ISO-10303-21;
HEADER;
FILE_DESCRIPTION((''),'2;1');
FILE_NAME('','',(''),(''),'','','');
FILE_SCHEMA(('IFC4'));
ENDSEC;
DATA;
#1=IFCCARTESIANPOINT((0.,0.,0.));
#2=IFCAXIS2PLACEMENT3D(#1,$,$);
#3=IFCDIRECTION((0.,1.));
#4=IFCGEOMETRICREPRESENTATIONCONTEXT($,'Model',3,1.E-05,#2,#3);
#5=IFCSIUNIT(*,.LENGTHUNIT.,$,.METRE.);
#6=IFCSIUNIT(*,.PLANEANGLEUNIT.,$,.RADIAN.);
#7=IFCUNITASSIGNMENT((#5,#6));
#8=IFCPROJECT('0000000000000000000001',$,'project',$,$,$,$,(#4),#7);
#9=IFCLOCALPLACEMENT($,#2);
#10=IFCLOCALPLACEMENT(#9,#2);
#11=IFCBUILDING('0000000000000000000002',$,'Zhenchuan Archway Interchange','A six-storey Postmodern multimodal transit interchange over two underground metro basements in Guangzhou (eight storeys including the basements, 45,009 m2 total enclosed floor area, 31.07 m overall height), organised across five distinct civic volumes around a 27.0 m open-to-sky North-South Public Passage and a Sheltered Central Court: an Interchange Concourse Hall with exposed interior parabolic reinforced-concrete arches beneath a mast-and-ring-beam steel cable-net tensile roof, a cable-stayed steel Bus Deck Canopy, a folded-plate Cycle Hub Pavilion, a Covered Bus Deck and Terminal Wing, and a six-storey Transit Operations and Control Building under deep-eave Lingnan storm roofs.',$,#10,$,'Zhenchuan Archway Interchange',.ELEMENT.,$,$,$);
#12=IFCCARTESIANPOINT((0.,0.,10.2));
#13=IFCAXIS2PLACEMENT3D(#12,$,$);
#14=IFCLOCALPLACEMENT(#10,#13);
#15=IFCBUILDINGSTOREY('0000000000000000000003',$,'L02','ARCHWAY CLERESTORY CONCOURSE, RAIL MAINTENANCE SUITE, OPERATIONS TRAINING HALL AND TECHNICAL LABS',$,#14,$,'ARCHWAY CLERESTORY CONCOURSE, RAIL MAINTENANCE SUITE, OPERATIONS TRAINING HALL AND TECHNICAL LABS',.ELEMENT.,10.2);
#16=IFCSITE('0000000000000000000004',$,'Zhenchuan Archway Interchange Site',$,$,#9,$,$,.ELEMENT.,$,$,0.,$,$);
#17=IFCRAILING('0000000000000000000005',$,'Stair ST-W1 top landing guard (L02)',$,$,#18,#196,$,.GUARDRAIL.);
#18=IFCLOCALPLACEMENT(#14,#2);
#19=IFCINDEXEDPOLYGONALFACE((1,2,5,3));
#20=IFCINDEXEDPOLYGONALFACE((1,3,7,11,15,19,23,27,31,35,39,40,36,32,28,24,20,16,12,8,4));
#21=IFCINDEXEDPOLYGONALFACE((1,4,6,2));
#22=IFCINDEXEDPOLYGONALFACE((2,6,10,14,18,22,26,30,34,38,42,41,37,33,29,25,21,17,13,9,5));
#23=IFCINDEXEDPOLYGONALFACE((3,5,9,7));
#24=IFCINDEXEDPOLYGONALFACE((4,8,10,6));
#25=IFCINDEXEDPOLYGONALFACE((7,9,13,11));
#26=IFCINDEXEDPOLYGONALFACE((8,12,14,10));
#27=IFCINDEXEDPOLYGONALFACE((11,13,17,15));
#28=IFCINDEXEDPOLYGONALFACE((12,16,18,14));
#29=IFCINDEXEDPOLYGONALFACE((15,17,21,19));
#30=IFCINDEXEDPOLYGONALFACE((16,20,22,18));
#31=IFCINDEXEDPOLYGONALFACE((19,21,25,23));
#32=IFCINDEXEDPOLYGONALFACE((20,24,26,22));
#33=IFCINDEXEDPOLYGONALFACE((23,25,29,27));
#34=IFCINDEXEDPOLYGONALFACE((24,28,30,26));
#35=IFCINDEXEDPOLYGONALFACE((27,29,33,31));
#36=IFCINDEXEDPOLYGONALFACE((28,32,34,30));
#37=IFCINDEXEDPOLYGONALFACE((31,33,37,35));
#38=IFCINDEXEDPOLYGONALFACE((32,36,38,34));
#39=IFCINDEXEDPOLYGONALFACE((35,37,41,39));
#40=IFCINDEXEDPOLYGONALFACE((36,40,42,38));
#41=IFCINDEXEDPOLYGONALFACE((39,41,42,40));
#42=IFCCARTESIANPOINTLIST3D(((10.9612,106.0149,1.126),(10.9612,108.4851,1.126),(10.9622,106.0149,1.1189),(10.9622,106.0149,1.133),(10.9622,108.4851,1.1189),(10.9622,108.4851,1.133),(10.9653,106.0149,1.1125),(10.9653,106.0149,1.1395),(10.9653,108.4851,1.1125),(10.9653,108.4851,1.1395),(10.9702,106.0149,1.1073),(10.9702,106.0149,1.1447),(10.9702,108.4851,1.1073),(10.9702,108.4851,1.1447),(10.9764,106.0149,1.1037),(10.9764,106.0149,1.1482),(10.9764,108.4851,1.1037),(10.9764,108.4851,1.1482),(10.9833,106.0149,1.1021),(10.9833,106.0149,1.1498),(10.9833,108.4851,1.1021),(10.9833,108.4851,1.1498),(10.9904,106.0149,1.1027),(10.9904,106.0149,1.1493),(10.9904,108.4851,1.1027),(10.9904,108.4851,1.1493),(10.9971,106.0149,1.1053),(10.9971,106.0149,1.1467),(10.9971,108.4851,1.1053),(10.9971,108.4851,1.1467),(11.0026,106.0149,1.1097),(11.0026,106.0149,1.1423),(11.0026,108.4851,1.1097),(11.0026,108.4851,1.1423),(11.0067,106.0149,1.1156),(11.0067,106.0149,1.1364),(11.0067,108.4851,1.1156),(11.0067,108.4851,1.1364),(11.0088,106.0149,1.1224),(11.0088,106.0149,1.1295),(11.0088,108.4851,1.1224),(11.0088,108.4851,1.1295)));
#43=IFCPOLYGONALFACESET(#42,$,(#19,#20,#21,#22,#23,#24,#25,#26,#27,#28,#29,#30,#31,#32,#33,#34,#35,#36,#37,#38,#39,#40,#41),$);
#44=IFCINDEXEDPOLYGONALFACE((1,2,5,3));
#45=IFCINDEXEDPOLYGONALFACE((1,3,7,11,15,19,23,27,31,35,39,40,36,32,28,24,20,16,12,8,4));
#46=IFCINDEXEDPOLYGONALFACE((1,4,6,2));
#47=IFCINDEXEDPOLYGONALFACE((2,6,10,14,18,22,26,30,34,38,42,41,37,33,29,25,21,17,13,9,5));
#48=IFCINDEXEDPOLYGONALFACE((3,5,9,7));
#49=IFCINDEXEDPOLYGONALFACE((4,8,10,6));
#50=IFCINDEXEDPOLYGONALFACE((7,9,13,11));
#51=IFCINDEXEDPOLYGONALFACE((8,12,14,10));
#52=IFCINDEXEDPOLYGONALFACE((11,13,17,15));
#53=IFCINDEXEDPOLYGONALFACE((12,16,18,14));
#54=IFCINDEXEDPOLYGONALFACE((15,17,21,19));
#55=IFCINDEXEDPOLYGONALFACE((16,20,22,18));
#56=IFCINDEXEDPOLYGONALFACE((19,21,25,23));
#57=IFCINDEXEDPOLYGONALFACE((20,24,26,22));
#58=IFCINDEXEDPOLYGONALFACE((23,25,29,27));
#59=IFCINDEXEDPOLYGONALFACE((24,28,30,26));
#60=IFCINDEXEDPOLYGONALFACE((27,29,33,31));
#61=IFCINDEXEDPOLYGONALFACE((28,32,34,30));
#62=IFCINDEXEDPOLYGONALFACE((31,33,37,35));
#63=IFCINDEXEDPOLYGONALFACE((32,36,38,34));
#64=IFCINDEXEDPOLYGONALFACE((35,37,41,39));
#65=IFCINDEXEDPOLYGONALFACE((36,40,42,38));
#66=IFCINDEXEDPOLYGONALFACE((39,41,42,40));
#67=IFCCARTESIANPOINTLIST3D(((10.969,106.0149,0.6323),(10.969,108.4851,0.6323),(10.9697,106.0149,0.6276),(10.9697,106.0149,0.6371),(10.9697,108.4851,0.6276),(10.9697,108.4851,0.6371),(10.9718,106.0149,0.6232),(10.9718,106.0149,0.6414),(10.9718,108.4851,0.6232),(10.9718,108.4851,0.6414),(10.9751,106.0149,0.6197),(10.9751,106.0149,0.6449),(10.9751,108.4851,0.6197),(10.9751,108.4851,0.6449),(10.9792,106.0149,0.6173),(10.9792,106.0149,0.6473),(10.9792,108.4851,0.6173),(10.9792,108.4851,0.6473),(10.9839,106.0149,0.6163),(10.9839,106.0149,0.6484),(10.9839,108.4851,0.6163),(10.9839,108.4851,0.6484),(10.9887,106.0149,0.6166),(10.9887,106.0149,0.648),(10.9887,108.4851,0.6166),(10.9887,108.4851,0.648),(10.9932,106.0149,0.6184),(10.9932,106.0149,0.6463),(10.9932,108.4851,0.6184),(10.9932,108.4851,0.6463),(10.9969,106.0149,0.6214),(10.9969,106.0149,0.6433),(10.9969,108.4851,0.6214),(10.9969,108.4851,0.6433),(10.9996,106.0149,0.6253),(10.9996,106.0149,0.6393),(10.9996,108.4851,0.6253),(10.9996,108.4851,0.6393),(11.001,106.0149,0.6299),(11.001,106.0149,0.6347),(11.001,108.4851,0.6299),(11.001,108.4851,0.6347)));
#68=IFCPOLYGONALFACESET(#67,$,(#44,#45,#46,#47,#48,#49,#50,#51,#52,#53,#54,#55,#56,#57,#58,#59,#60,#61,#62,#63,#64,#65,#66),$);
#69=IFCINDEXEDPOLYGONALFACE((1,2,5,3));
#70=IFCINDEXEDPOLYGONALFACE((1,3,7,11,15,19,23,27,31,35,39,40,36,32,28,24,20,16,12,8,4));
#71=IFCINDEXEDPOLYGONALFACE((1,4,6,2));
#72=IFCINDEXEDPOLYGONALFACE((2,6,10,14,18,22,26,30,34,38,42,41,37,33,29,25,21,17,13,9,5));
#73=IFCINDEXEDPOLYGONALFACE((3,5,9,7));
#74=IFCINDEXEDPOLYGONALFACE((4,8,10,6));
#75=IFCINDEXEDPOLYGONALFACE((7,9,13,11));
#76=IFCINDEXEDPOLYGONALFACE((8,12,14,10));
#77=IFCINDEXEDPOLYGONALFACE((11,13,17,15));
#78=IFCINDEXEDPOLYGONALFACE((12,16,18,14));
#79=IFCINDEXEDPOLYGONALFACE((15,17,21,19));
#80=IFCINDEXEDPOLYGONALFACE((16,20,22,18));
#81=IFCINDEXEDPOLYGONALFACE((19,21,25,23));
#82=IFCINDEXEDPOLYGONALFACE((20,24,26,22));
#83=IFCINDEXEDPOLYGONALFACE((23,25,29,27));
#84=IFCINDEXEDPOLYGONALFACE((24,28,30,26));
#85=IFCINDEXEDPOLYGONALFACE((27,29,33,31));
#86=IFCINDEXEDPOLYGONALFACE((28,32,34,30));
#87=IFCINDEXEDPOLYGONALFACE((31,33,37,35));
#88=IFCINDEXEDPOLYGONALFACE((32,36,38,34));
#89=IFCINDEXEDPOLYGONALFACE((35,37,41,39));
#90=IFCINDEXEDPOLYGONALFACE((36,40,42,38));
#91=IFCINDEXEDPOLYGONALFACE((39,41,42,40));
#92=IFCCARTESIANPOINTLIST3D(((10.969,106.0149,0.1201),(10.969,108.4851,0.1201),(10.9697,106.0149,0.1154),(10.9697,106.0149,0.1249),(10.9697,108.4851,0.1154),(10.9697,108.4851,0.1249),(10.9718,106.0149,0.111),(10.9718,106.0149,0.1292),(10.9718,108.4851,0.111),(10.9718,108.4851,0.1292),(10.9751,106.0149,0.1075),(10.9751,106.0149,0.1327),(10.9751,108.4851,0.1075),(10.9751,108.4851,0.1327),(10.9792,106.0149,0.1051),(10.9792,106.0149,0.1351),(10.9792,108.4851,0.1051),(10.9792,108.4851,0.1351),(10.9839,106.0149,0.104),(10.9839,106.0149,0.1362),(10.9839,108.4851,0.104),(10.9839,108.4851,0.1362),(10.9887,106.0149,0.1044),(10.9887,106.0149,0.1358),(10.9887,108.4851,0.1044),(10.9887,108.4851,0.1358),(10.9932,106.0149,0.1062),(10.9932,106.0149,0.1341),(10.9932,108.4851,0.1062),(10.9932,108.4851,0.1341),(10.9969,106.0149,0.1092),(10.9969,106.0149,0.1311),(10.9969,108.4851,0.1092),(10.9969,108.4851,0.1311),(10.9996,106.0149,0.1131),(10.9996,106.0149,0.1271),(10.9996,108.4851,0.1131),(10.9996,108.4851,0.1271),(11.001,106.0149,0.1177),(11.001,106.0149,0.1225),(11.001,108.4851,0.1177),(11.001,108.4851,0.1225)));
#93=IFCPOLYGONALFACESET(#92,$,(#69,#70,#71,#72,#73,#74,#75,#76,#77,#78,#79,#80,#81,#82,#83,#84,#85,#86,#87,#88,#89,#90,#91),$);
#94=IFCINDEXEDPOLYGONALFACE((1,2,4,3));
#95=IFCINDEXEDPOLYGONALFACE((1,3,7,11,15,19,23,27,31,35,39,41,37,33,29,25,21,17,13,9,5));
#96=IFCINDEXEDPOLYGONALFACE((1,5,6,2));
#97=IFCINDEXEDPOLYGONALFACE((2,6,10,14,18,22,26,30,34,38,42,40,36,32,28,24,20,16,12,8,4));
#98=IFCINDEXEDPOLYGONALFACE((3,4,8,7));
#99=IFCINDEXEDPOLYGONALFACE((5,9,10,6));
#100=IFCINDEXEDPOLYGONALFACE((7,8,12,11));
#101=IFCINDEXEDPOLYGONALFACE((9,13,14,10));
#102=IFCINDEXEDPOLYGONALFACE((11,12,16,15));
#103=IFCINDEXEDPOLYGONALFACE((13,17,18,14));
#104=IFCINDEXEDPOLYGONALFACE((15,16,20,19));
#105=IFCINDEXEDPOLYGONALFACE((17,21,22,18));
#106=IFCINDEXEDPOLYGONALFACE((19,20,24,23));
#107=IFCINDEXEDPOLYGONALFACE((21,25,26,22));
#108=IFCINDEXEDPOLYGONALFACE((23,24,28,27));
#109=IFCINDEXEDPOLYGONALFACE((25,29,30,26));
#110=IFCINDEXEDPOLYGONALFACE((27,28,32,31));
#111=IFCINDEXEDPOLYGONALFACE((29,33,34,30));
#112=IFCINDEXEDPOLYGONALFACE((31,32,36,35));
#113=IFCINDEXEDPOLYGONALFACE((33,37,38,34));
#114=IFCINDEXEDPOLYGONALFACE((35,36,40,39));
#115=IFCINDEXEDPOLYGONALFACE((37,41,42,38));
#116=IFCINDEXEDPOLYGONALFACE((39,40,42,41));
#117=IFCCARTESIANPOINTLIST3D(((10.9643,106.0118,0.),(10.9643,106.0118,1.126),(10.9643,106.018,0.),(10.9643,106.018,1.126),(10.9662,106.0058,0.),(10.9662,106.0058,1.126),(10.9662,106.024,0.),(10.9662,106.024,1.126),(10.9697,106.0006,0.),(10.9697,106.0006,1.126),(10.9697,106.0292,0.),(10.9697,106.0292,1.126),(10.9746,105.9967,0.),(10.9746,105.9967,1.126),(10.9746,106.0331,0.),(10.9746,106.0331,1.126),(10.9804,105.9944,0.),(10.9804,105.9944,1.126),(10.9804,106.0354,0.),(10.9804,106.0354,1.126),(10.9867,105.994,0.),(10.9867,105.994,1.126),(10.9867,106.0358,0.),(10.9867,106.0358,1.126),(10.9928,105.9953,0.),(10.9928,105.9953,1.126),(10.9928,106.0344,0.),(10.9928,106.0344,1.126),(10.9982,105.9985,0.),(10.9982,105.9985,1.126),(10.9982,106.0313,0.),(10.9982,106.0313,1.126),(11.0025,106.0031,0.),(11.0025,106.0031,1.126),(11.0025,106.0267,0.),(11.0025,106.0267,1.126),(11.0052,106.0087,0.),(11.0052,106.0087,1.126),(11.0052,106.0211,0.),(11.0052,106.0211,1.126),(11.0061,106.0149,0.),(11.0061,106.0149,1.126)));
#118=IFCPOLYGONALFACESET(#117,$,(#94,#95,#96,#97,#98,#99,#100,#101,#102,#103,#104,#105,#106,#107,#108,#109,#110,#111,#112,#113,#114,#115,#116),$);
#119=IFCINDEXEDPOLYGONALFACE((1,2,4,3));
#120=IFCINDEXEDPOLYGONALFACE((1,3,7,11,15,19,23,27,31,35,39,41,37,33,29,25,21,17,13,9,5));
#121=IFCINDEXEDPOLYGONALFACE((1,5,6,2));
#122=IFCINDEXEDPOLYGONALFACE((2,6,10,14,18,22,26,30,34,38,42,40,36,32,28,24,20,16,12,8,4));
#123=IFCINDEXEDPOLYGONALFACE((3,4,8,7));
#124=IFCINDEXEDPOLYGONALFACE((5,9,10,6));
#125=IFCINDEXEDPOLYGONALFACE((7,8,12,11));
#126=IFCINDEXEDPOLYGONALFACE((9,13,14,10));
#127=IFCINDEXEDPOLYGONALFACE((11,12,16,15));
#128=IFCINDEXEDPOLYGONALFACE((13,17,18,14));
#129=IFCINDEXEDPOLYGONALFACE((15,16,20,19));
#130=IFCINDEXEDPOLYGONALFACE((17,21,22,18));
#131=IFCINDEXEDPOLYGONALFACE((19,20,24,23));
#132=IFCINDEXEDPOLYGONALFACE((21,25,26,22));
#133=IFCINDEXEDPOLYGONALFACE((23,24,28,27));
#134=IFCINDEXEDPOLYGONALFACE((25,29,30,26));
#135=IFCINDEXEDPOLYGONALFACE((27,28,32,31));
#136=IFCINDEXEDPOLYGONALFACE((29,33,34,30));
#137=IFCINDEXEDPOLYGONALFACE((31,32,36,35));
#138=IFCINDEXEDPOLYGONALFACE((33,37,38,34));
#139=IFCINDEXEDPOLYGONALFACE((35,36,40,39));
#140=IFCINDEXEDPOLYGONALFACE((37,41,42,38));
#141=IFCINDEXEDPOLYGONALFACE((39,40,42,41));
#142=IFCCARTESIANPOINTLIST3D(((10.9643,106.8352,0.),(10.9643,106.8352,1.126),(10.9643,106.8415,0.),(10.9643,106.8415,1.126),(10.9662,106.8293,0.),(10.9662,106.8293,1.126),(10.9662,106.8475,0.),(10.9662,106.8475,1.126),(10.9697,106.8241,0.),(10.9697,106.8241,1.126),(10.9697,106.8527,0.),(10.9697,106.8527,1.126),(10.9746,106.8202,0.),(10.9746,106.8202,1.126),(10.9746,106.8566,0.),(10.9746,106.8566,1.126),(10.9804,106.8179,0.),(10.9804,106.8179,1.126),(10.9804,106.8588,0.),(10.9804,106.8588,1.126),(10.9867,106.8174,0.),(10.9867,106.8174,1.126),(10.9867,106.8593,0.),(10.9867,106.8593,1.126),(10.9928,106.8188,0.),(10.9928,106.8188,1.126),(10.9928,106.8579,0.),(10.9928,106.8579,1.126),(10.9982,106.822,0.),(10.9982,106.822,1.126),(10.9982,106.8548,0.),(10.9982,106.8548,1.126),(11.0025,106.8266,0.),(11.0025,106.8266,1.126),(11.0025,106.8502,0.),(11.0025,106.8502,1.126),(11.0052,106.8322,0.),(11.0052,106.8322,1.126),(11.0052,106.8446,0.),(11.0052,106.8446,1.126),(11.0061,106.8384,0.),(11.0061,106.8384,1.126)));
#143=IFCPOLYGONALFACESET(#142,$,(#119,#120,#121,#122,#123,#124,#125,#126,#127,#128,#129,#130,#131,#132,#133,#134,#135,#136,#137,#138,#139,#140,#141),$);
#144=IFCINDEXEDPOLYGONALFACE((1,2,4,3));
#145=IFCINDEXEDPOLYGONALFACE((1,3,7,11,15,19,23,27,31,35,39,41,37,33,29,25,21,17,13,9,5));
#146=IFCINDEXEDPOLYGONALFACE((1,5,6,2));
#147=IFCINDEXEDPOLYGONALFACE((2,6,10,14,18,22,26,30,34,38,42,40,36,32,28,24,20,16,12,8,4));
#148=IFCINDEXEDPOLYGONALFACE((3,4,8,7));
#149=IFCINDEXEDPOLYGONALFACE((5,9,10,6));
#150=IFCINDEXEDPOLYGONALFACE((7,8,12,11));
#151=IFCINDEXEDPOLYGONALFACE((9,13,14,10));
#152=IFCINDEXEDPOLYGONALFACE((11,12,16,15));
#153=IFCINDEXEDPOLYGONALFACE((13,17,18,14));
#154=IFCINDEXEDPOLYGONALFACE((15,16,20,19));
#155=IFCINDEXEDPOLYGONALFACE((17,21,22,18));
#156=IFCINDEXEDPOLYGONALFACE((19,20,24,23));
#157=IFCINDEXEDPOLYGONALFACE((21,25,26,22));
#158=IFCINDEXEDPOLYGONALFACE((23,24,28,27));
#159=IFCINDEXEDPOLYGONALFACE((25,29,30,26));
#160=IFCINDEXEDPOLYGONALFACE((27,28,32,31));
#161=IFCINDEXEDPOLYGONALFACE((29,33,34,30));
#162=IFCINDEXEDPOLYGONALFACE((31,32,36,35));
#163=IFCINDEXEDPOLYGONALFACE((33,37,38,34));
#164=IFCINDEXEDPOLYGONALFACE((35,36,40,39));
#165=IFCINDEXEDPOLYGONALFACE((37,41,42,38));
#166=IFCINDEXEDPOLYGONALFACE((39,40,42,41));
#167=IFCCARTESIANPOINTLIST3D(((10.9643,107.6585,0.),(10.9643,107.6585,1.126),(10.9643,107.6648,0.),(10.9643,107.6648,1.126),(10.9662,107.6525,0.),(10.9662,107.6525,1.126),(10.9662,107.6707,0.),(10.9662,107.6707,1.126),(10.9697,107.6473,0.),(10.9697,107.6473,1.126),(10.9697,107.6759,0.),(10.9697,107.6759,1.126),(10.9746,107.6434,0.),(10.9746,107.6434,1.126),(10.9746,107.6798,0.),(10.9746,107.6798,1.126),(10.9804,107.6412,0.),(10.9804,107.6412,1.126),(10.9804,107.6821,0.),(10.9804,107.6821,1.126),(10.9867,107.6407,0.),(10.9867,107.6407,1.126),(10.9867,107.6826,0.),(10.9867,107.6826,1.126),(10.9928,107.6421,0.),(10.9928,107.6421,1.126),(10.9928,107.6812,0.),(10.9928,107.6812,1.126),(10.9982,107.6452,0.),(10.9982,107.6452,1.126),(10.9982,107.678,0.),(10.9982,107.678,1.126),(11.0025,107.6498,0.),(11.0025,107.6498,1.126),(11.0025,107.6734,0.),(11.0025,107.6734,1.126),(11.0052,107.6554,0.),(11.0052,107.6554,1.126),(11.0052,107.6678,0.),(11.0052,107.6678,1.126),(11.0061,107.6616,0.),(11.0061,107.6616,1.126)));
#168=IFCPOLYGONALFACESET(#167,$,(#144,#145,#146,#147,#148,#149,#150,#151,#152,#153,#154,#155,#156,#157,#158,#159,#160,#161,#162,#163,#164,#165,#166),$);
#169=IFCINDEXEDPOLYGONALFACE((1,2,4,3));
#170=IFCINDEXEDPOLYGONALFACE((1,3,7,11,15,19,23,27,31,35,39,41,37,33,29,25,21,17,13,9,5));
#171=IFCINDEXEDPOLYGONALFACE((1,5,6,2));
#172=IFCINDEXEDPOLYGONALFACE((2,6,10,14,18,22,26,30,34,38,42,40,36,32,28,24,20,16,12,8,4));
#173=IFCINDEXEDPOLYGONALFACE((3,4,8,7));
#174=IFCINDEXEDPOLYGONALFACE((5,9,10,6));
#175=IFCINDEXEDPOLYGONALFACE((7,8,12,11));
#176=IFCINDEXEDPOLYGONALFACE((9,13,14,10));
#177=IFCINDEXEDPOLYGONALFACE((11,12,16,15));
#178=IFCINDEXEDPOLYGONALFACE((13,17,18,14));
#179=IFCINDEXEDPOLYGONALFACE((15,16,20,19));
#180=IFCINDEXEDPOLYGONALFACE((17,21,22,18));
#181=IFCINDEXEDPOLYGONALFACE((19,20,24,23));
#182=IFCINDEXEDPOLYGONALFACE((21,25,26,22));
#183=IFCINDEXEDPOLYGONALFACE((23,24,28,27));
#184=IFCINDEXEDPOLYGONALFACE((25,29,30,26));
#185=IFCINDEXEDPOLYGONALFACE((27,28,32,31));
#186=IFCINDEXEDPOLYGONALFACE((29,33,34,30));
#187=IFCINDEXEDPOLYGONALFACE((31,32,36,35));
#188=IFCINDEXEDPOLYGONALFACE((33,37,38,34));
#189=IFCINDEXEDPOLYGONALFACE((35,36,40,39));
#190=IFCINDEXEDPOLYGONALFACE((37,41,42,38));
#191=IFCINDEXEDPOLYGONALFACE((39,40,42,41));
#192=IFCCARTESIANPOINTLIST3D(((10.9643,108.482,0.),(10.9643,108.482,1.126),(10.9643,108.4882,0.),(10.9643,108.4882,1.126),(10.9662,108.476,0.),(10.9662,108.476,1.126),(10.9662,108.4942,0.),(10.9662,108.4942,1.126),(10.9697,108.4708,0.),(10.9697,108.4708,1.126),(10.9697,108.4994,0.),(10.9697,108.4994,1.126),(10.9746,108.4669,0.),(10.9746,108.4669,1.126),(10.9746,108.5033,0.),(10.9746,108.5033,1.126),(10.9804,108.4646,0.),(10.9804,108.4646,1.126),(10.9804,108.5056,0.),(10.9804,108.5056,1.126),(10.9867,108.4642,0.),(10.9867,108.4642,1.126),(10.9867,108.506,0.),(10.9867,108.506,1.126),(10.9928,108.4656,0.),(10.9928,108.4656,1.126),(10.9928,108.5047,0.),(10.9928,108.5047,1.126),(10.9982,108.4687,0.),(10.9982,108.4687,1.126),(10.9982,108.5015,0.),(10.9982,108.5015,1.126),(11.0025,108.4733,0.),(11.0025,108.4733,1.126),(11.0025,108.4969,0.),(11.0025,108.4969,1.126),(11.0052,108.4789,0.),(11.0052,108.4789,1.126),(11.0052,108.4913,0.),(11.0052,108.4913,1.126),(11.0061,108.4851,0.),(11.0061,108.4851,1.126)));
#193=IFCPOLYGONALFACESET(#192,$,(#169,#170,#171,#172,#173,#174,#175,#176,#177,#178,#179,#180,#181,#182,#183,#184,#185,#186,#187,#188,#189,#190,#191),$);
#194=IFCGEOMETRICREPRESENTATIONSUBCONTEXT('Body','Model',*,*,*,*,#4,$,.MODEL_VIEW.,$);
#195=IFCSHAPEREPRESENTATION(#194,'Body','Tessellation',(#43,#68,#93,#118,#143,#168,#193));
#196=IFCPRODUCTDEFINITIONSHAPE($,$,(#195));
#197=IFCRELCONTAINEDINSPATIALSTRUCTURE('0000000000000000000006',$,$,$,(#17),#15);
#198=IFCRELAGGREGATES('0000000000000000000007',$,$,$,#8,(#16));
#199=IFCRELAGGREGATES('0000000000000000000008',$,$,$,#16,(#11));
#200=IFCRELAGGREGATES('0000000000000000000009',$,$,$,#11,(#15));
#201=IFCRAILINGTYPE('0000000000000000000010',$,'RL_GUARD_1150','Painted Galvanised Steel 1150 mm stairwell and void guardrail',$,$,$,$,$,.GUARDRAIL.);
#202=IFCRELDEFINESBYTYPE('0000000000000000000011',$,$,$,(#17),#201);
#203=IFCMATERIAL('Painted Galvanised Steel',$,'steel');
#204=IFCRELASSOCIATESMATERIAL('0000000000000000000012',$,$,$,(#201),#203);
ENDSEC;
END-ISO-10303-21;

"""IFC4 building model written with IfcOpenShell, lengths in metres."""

from ifc_helpers import new_model, si_unit, direction, frame, origin, origin_2d, place, context, subcontext, project, spatial, circle, extrude, material, type_object, element, save


model = new_model("IFC4")

# Units and contexts
model_context = context("Model", 3, precision=1e-05, world=origin(), true_north=direction((0.0, 1.0)))
body_context = subcontext(model_context, "Body", "Model", "MODEL_VIEW")
ifc_project = project(units=[si_unit("LENGTHUNIT", "METRE"), si_unit("PLANEANGLEUNIT", "RADIAN")], contexts=[model_context])

# Site, building, storey
site_placement = place(None, origin())
site = spatial("IfcSite", under=ifc_project, at=site_placement, Name="Zhenchuan Archway Interchange Site", CompositionType="ELEMENT", RefElevation=0.0)
building_placement = place(site_placement, origin())
building = spatial("IfcBuilding", under=site, at=building_placement, Name="Zhenchuan Archway Interchange", Description="A six-storey Postmodern multimodal transit interchange over two underground metro basements in Guangzhou (eight storeys including the basements, 45,009 m2 total enclosed floor area, 31.07 m overall height), organised across five distinct civic volumes around a 27.0 m open-to-sky North-South Public Passage and a Sheltered Central Court: an Interchange Concourse Hall with exposed interior parabolic reinforced-concrete arches beneath a mast-and-ring-beam steel cable-net tensile roof, a cable-stayed steel Bus Deck Canopy, a folded-plate Cycle Hub Pavilion, a Covered Bus Deck and Terminal Wing, and a six-storey Transit Operations and Control Building under deep-eave Lingnan storm roofs.", LongName="Zhenchuan Archway Interchange", CompositionType="ELEMENT")
storey_placement = place(building_placement, frame((0.0, 0.0, 10.2)))
storey = spatial("IfcBuildingStorey", under=building, at=storey_placement, Name="L02", Description="ARCHWAY CLERESTORY CONCOURSE, RAIL MAINTENANCE SUITE, OPERATIONS TRAINING HALL AND TECHNICAL LABS", LongName="ARCHWAY CLERESTORY CONCOURSE, RAIL MAINTENANCE SUITE, OPERATIONS TRAINING HALL AND TECHNICAL LABS", CompositionType="ELEMENT", Elevation=10.2)

# Shared definitions
ifc_material_1 = material(Name="Painted Galvanised Steel", Category="steel")

# Railing
railing_type = type_object("IfcRailingType", Name="RL_GUARD_1150", Description="Painted Galvanised Steel 1150 mm stairwell and void guardrail", PredefinedType="GUARDRAIL", material=ifc_material_1)
railing_placement = place(storey_placement, frame((10.9851, 106.0149, 0.0)))
element("IfcRailing", 1, at=railing_placement, inside=storey, type_object=railing_type, Name="Stair ST-W1 top landing guard (L02)", PredefinedType="GUARDRAIL", context=body_context, shape_type="SweptSolid", body=[
    extrude(circle(Radius=0.0239, at=origin_2d()), frame((0.0, 0.0, 1.126), z_axis=(0.0, 1.0, 0.0), x_axis=(-1.0, 0.0, 0.0)), (0.0, 0.0, 1.0), 2.4702),
    extrude(circle(Radius=0.0161, at=origin_2d()), frame((0.0, 0.0, 0.6323), z_axis=(0.0, 1.0, 0.0), x_axis=(-1.0, 0.0, 0.0)), (0.0, 0.0, 1.0), 2.4702),
    extrude(circle(Radius=0.0161, at=origin_2d()), frame((0.0, 0.0, 0.1201), z_axis=(0.0, 1.0, 0.0), x_axis=(-1.0, 0.0, 0.0)), (0.0, 0.0, 1.0), 2.4702),
    extrude(circle(Radius=0.021, at=origin_2d()), origin(), (0.0, 0.0, 1.0), 1.126),
    extrude(circle(Radius=0.021, at=origin_2d()), frame((0.0, 0.8235, 0.0)), (0.0, 0.0, 1.0), 1.126),
    extrude(circle(Radius=0.021, at=origin_2d()), frame((0.0, 1.6467, 0.0)), (0.0, 0.0, 1.0), 1.126),
    extrude(circle(Radius=0.021, at=origin_2d()), frame((0.0, 2.4702, 0.0)), (0.0, 0.0, 1.0), 1.126),
])

save(model, "model.ifc")
